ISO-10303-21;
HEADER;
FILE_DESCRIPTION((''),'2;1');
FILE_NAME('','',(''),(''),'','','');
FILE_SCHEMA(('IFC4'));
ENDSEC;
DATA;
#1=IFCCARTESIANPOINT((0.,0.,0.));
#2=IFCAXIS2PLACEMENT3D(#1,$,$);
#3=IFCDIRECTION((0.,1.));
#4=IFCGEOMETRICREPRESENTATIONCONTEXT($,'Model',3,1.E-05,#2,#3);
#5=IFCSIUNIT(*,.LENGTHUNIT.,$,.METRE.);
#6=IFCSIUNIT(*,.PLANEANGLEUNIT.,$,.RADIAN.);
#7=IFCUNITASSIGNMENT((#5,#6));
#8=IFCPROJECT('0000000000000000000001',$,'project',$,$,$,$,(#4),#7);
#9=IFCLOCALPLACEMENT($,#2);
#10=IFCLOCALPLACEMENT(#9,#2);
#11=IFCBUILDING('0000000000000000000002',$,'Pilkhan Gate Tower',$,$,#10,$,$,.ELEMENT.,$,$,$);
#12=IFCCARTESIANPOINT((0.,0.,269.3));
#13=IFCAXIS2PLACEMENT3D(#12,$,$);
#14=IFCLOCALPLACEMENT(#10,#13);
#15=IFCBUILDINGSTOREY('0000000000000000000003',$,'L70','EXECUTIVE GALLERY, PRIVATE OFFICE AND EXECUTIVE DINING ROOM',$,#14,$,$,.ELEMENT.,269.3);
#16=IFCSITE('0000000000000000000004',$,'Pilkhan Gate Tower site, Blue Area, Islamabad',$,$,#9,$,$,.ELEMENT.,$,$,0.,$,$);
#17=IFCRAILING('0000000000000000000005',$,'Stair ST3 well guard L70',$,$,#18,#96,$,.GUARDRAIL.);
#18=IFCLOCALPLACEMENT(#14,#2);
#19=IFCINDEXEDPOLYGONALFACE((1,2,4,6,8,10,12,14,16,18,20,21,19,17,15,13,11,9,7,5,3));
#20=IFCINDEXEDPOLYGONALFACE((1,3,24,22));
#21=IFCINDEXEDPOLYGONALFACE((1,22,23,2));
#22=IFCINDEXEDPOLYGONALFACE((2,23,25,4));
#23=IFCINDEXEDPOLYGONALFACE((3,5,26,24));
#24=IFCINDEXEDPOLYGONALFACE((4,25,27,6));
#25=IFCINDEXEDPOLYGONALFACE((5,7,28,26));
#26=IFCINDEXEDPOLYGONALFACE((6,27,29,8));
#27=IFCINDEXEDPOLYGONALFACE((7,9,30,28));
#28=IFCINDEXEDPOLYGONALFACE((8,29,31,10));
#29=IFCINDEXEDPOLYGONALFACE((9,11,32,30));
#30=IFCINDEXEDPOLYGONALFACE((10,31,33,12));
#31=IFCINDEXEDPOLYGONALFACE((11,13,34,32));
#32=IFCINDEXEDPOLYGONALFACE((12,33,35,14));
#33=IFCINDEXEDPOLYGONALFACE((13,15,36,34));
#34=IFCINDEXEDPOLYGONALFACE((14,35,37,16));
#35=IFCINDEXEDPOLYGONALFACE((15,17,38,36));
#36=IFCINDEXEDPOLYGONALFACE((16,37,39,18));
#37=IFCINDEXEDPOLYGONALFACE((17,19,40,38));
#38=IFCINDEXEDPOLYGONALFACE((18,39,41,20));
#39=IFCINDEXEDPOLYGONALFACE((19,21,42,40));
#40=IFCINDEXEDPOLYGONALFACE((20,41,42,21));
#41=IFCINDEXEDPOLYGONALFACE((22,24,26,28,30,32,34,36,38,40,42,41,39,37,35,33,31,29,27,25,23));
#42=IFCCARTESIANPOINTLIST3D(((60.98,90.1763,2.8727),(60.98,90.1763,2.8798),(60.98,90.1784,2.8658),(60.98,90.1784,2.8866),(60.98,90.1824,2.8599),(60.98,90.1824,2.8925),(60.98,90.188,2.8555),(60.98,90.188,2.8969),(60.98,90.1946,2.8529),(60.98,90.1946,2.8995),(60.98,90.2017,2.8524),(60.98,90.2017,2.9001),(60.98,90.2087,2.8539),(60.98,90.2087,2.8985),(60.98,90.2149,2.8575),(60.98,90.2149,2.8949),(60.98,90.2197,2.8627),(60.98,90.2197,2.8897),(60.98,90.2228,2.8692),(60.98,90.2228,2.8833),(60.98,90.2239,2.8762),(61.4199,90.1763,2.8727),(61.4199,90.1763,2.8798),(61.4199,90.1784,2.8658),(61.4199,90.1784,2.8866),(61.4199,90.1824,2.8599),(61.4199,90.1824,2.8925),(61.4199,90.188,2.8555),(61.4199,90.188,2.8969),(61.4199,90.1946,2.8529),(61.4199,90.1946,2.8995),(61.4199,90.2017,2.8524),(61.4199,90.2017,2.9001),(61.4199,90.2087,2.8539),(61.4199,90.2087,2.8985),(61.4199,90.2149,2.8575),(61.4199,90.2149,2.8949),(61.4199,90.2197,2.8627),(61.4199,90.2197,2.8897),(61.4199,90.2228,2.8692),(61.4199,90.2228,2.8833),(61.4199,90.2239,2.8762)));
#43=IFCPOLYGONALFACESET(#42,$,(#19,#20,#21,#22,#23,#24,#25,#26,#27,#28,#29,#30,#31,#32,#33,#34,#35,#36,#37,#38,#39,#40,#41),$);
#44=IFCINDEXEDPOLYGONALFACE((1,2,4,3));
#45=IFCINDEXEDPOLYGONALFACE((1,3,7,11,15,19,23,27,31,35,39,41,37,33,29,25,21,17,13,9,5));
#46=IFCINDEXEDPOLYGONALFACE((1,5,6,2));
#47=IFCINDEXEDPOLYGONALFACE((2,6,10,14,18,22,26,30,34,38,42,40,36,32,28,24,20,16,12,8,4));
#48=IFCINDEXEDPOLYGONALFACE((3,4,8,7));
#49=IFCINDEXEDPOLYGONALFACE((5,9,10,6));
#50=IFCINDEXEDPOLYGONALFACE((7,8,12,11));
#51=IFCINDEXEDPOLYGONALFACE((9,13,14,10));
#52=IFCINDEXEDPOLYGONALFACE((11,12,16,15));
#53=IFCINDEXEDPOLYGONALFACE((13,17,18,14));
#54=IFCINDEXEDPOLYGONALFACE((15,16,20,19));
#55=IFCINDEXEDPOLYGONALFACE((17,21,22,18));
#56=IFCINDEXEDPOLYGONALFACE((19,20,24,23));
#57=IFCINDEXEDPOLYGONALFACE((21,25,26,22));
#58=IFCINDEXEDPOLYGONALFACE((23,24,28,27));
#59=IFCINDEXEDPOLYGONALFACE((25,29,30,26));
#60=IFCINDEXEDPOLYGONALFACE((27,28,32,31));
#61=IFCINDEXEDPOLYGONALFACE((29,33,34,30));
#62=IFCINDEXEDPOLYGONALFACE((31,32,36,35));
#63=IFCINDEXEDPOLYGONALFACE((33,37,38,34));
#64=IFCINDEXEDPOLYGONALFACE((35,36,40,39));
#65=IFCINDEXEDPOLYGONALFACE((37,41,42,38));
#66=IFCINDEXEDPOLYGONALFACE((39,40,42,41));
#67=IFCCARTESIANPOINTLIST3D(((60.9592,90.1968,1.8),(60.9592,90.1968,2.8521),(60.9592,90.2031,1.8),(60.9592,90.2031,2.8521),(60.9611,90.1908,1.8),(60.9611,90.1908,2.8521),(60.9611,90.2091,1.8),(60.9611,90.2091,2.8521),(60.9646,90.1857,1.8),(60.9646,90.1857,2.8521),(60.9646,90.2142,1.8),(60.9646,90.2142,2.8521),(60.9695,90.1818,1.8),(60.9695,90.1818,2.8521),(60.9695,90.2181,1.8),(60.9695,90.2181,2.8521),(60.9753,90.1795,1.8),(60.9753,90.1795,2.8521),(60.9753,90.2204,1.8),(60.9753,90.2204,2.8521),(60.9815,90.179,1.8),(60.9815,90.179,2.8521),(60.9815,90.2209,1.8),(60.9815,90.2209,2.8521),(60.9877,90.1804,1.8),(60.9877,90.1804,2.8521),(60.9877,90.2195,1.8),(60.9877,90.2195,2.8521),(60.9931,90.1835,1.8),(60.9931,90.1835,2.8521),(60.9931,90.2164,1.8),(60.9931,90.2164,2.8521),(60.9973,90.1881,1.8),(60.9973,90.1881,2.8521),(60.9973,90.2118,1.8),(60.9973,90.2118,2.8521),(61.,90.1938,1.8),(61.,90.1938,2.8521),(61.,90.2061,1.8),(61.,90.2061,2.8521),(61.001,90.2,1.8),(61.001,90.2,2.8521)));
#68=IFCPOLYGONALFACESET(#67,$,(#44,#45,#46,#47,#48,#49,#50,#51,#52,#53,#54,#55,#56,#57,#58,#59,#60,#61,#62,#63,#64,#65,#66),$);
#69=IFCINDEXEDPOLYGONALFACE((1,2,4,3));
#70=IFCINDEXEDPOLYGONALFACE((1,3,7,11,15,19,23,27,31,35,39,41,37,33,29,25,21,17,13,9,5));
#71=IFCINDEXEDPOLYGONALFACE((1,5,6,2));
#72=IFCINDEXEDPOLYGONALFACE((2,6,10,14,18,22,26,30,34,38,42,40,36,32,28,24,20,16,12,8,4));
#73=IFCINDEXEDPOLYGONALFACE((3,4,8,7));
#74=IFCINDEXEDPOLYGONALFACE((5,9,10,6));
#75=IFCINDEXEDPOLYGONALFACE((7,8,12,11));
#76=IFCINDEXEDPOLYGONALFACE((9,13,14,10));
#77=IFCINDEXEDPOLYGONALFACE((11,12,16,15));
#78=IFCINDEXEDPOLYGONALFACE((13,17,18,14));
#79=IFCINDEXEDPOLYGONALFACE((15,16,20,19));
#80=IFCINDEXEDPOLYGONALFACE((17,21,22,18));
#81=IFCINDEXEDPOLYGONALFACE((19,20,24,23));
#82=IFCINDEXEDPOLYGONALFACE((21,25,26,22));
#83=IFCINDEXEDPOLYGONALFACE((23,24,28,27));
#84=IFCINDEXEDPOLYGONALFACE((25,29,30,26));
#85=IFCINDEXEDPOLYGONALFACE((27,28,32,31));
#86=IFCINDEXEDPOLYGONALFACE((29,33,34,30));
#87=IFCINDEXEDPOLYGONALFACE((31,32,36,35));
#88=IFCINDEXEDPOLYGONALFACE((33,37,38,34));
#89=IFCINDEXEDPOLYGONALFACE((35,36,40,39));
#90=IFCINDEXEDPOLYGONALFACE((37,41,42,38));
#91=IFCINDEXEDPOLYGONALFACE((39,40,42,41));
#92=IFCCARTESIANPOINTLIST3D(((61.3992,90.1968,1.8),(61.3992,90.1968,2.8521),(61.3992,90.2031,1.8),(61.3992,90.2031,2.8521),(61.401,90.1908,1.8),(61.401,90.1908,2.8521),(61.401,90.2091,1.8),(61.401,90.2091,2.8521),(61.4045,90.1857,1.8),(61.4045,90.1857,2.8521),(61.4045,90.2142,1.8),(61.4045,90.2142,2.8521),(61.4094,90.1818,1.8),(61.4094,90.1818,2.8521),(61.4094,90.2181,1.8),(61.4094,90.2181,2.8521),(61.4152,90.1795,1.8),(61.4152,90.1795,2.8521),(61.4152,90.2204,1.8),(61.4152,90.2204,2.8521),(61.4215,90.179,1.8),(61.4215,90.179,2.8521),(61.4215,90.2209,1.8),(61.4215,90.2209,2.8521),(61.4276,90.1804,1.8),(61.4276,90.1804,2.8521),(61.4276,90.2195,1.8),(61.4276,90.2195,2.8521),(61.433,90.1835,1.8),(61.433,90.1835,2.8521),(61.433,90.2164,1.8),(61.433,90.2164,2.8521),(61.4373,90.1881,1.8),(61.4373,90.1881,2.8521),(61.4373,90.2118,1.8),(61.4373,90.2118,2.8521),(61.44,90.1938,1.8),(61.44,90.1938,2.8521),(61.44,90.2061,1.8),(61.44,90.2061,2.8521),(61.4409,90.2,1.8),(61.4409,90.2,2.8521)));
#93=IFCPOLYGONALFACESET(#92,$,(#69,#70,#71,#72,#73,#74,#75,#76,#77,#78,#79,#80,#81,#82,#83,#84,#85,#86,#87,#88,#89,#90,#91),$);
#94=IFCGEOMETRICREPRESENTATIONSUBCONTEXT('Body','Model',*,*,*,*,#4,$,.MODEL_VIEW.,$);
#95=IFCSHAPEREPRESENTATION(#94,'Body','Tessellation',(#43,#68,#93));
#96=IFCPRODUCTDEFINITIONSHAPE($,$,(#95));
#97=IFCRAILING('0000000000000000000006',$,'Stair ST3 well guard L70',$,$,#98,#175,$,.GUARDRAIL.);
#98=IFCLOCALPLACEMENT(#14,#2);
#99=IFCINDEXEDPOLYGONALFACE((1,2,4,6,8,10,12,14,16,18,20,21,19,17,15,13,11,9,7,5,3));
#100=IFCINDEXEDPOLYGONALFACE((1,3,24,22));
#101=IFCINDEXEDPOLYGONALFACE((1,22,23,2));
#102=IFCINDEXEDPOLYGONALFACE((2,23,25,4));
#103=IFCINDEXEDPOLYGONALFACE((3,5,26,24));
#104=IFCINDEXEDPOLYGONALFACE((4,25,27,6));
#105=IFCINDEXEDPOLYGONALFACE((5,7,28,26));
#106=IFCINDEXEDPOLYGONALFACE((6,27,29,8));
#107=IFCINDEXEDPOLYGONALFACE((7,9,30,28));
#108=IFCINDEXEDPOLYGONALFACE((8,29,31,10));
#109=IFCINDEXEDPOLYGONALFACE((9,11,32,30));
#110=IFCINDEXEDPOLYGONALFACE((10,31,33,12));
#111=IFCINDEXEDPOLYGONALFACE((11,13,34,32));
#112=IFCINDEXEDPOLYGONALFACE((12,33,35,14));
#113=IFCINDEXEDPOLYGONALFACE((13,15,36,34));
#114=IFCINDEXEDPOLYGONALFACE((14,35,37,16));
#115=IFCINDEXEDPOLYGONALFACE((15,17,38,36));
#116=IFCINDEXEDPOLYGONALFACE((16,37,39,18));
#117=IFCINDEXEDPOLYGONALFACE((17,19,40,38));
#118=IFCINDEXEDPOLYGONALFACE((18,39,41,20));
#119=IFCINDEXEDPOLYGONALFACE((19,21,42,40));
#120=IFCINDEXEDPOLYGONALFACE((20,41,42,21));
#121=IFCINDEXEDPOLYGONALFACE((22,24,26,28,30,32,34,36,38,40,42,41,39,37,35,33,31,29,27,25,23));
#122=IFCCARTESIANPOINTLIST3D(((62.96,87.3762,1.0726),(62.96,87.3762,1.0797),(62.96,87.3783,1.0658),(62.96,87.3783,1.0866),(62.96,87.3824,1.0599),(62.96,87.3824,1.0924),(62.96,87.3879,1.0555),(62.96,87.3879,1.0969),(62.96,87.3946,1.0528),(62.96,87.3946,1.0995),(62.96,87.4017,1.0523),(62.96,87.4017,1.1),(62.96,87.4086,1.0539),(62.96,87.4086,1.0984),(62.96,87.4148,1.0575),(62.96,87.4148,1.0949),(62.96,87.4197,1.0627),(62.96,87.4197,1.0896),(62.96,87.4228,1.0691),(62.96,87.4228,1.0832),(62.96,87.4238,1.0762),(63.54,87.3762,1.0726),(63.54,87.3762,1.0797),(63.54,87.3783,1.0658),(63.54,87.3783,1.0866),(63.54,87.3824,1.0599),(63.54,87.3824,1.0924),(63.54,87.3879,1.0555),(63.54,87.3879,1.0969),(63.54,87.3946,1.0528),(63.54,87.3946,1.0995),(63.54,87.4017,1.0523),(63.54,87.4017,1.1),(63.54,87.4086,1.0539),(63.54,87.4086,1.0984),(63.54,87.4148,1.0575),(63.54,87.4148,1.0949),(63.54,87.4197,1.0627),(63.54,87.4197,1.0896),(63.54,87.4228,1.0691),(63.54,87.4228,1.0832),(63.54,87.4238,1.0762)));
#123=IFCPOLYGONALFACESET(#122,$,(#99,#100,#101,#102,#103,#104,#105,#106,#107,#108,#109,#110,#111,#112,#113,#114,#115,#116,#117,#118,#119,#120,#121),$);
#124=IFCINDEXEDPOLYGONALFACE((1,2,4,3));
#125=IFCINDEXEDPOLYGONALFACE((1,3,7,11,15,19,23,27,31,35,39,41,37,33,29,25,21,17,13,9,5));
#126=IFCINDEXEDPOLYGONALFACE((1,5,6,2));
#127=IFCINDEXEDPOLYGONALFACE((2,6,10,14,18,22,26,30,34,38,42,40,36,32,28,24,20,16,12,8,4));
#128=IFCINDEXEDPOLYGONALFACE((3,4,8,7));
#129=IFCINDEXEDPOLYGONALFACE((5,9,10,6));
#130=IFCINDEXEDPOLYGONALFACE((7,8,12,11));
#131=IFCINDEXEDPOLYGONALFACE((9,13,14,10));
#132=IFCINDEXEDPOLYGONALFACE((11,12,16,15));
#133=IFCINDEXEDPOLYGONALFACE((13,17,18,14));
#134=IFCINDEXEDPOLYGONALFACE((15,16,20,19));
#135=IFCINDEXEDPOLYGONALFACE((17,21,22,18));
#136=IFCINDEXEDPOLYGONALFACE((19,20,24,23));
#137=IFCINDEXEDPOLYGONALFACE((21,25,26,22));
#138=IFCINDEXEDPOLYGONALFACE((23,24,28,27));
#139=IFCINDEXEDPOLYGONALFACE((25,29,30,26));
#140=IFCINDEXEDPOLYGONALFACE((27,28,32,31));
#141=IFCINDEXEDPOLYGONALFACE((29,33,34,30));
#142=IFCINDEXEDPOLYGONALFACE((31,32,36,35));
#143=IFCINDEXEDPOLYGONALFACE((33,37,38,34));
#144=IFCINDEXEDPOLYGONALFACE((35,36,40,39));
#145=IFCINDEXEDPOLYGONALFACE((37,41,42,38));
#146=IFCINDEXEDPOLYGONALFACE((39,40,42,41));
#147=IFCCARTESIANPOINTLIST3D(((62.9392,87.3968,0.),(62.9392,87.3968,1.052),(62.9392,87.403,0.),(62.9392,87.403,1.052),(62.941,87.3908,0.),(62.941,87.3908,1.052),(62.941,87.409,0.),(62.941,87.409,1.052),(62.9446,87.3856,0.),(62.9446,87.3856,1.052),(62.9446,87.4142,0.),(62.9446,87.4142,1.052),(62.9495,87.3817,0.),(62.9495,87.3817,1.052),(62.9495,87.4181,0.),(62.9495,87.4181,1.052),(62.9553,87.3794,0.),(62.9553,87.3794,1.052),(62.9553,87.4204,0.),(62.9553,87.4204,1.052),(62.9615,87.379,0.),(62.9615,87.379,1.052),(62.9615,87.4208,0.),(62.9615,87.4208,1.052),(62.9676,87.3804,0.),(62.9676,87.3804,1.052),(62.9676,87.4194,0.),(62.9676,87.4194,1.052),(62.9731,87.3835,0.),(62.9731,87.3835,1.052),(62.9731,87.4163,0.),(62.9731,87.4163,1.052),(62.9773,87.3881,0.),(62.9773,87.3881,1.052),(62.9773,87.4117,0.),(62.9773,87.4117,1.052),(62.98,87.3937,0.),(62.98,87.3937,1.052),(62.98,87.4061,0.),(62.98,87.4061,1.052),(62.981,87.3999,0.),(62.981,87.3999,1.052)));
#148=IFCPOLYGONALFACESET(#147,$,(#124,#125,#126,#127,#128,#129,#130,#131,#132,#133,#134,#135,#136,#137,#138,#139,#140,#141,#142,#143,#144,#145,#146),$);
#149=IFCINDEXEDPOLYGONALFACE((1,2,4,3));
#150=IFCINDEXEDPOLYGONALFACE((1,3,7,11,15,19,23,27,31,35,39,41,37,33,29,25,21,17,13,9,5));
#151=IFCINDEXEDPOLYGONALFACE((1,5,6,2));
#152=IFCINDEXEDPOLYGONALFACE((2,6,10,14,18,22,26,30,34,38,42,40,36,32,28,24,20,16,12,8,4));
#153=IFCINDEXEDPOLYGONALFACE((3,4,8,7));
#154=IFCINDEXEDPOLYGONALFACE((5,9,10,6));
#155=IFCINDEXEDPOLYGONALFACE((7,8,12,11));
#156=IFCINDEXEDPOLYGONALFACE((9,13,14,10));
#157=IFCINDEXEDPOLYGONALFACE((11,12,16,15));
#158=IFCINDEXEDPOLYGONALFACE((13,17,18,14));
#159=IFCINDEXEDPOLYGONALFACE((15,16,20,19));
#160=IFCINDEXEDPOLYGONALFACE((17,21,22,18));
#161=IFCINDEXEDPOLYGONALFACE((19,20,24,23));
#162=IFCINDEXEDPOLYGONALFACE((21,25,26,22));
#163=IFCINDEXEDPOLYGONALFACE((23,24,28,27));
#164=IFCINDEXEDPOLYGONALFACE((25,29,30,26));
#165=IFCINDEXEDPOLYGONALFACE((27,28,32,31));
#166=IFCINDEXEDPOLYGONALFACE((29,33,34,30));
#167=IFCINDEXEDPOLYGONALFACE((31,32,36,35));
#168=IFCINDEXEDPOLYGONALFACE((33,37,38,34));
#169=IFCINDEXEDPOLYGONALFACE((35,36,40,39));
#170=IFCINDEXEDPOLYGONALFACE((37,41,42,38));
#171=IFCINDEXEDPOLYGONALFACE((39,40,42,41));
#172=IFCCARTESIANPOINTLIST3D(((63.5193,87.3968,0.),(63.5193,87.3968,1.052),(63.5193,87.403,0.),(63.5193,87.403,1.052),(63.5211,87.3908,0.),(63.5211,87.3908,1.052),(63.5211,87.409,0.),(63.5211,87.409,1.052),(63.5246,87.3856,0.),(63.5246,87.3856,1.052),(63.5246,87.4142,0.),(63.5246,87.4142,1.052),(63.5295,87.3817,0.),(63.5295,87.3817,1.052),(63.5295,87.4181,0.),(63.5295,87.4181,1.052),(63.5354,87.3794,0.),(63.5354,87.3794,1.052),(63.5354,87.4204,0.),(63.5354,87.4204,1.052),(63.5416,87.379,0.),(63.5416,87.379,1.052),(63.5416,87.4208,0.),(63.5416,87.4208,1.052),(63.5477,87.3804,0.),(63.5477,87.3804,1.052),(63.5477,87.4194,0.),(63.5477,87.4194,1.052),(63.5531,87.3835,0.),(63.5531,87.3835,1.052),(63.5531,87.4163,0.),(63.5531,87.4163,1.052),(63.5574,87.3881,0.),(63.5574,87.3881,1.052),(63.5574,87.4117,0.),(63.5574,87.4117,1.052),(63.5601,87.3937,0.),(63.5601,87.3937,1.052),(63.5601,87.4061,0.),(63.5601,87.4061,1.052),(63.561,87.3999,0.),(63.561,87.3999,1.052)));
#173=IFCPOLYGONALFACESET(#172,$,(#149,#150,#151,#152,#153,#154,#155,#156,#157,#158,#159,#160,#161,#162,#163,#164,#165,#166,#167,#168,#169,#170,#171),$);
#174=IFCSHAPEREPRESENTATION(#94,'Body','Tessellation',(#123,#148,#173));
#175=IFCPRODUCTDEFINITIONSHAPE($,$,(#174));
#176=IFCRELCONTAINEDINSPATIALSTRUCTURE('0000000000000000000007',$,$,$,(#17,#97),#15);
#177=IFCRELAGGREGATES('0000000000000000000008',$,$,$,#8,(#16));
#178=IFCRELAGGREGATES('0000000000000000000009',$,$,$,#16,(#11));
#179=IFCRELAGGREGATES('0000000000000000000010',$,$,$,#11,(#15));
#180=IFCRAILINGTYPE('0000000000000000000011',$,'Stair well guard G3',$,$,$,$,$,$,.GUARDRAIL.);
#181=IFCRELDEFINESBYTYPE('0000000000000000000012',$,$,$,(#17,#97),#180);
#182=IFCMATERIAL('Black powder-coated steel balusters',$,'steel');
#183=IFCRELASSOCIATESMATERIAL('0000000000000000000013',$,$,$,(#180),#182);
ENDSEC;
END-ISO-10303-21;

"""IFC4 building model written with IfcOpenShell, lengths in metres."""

from ifc_helpers import new_model, si_unit, direction, frame, origin, origin_2d, place, context, subcontext, project, spatial, circle, extrude, material, type_object, element, save


model = new_model("IFC4")

# Units and contexts
model_context = context("Model", 3, precision=1e-05, world=origin(), true_north=direction((0.0, 1.0)))
body_context = subcontext(model_context, "Body", "Model", "MODEL_VIEW")
ifc_project = project(units=[si_unit("LENGTHUNIT", "METRE"), si_unit("PLANEANGLEUNIT", "RADIAN")], contexts=[model_context])

# Site, building, storey
site_placement = place(None, origin())
site = spatial("IfcSite", under=ifc_project, at=site_placement, Name="Pilkhan Gate Tower site, Blue Area, Islamabad", CompositionType="ELEMENT", RefElevation=0.0)
building_placement = place(site_placement, origin())
building = spatial("IfcBuilding", under=site, at=building_placement, Name="Pilkhan Gate Tower", CompositionType="ELEMENT")
storey_placement = place(building_placement, frame((0.0, 0.0, 269.3)))
storey = spatial("IfcBuildingStorey", under=building, at=storey_placement, Name="L70", Description="EXECUTIVE GALLERY, PRIVATE OFFICE AND EXECUTIVE DINING ROOM", CompositionType="ELEMENT", Elevation=269.3)

# Railings
ifc_material_1 = material(Name="Black powder-coated steel balusters", Category="steel")
railing_type_1 = type_object("IfcRailingType", Name="Stair well guard G3", PredefinedType="GUARDRAIL", material=ifc_material_1)
railing_1_placement = place(storey_placement, frame((60.98, 90.2, 1.8)))
element("IfcRailing", 1, at=railing_1_placement, inside=storey, type_object=railing_type_1, Name="Stair ST3 well guard L70", PredefinedType="GUARDRAIL", context=body_context, shape_type="SweptSolid", body=[
    extrude(circle(Radius=0.0239, at=origin_2d()), frame((0.0, 0.0, 1.0762), z_axis=(1.0, 0.0, 0.0), x_axis=(0.0, 1.0, 0.0)), (0.0, 0.0, 1.0), 0.4399),
    extrude(circle(Radius=0.021, at=origin_2d()), origin(), (0.0, 0.0, 1.0), 1.052),
    extrude(circle(Radius=0.021, at=origin_2d()), frame((0.4399, 0.0, 0.0)), (0.0, 0.0, 1.0), 1.052),
])
for number, where, name in (
    (2, (62.96, 87.3999, 0.0), "Stair ST3 well guard L70"),
):
    element("IfcRailing", number, at=place(storey_placement, frame(where)), inside=storey, type_object=railing_type_1, Name=name, PredefinedType="GUARDRAIL", context=body_context, shape_type="SweptSolid", body=[
        extrude(circle(Radius=0.0239, at=origin_2d()), frame((0.0, 0.0, 1.0762), z_axis=(1.0, 0.0, 0.0), x_axis=(0.0, 1.0, 0.0)), (0.0, 0.0, 1.0), 0.5801),
        extrude(circle(Radius=0.021, at=origin_2d()), origin(), (0.0, 0.0, 1.0), 1.052),
        extrude(circle(Radius=0.021, at=origin_2d()), frame((0.5801, 0.0, 0.0)), (0.0, 0.0, 1.0), 1.052),
    ])

save(model, "model.ifc")
